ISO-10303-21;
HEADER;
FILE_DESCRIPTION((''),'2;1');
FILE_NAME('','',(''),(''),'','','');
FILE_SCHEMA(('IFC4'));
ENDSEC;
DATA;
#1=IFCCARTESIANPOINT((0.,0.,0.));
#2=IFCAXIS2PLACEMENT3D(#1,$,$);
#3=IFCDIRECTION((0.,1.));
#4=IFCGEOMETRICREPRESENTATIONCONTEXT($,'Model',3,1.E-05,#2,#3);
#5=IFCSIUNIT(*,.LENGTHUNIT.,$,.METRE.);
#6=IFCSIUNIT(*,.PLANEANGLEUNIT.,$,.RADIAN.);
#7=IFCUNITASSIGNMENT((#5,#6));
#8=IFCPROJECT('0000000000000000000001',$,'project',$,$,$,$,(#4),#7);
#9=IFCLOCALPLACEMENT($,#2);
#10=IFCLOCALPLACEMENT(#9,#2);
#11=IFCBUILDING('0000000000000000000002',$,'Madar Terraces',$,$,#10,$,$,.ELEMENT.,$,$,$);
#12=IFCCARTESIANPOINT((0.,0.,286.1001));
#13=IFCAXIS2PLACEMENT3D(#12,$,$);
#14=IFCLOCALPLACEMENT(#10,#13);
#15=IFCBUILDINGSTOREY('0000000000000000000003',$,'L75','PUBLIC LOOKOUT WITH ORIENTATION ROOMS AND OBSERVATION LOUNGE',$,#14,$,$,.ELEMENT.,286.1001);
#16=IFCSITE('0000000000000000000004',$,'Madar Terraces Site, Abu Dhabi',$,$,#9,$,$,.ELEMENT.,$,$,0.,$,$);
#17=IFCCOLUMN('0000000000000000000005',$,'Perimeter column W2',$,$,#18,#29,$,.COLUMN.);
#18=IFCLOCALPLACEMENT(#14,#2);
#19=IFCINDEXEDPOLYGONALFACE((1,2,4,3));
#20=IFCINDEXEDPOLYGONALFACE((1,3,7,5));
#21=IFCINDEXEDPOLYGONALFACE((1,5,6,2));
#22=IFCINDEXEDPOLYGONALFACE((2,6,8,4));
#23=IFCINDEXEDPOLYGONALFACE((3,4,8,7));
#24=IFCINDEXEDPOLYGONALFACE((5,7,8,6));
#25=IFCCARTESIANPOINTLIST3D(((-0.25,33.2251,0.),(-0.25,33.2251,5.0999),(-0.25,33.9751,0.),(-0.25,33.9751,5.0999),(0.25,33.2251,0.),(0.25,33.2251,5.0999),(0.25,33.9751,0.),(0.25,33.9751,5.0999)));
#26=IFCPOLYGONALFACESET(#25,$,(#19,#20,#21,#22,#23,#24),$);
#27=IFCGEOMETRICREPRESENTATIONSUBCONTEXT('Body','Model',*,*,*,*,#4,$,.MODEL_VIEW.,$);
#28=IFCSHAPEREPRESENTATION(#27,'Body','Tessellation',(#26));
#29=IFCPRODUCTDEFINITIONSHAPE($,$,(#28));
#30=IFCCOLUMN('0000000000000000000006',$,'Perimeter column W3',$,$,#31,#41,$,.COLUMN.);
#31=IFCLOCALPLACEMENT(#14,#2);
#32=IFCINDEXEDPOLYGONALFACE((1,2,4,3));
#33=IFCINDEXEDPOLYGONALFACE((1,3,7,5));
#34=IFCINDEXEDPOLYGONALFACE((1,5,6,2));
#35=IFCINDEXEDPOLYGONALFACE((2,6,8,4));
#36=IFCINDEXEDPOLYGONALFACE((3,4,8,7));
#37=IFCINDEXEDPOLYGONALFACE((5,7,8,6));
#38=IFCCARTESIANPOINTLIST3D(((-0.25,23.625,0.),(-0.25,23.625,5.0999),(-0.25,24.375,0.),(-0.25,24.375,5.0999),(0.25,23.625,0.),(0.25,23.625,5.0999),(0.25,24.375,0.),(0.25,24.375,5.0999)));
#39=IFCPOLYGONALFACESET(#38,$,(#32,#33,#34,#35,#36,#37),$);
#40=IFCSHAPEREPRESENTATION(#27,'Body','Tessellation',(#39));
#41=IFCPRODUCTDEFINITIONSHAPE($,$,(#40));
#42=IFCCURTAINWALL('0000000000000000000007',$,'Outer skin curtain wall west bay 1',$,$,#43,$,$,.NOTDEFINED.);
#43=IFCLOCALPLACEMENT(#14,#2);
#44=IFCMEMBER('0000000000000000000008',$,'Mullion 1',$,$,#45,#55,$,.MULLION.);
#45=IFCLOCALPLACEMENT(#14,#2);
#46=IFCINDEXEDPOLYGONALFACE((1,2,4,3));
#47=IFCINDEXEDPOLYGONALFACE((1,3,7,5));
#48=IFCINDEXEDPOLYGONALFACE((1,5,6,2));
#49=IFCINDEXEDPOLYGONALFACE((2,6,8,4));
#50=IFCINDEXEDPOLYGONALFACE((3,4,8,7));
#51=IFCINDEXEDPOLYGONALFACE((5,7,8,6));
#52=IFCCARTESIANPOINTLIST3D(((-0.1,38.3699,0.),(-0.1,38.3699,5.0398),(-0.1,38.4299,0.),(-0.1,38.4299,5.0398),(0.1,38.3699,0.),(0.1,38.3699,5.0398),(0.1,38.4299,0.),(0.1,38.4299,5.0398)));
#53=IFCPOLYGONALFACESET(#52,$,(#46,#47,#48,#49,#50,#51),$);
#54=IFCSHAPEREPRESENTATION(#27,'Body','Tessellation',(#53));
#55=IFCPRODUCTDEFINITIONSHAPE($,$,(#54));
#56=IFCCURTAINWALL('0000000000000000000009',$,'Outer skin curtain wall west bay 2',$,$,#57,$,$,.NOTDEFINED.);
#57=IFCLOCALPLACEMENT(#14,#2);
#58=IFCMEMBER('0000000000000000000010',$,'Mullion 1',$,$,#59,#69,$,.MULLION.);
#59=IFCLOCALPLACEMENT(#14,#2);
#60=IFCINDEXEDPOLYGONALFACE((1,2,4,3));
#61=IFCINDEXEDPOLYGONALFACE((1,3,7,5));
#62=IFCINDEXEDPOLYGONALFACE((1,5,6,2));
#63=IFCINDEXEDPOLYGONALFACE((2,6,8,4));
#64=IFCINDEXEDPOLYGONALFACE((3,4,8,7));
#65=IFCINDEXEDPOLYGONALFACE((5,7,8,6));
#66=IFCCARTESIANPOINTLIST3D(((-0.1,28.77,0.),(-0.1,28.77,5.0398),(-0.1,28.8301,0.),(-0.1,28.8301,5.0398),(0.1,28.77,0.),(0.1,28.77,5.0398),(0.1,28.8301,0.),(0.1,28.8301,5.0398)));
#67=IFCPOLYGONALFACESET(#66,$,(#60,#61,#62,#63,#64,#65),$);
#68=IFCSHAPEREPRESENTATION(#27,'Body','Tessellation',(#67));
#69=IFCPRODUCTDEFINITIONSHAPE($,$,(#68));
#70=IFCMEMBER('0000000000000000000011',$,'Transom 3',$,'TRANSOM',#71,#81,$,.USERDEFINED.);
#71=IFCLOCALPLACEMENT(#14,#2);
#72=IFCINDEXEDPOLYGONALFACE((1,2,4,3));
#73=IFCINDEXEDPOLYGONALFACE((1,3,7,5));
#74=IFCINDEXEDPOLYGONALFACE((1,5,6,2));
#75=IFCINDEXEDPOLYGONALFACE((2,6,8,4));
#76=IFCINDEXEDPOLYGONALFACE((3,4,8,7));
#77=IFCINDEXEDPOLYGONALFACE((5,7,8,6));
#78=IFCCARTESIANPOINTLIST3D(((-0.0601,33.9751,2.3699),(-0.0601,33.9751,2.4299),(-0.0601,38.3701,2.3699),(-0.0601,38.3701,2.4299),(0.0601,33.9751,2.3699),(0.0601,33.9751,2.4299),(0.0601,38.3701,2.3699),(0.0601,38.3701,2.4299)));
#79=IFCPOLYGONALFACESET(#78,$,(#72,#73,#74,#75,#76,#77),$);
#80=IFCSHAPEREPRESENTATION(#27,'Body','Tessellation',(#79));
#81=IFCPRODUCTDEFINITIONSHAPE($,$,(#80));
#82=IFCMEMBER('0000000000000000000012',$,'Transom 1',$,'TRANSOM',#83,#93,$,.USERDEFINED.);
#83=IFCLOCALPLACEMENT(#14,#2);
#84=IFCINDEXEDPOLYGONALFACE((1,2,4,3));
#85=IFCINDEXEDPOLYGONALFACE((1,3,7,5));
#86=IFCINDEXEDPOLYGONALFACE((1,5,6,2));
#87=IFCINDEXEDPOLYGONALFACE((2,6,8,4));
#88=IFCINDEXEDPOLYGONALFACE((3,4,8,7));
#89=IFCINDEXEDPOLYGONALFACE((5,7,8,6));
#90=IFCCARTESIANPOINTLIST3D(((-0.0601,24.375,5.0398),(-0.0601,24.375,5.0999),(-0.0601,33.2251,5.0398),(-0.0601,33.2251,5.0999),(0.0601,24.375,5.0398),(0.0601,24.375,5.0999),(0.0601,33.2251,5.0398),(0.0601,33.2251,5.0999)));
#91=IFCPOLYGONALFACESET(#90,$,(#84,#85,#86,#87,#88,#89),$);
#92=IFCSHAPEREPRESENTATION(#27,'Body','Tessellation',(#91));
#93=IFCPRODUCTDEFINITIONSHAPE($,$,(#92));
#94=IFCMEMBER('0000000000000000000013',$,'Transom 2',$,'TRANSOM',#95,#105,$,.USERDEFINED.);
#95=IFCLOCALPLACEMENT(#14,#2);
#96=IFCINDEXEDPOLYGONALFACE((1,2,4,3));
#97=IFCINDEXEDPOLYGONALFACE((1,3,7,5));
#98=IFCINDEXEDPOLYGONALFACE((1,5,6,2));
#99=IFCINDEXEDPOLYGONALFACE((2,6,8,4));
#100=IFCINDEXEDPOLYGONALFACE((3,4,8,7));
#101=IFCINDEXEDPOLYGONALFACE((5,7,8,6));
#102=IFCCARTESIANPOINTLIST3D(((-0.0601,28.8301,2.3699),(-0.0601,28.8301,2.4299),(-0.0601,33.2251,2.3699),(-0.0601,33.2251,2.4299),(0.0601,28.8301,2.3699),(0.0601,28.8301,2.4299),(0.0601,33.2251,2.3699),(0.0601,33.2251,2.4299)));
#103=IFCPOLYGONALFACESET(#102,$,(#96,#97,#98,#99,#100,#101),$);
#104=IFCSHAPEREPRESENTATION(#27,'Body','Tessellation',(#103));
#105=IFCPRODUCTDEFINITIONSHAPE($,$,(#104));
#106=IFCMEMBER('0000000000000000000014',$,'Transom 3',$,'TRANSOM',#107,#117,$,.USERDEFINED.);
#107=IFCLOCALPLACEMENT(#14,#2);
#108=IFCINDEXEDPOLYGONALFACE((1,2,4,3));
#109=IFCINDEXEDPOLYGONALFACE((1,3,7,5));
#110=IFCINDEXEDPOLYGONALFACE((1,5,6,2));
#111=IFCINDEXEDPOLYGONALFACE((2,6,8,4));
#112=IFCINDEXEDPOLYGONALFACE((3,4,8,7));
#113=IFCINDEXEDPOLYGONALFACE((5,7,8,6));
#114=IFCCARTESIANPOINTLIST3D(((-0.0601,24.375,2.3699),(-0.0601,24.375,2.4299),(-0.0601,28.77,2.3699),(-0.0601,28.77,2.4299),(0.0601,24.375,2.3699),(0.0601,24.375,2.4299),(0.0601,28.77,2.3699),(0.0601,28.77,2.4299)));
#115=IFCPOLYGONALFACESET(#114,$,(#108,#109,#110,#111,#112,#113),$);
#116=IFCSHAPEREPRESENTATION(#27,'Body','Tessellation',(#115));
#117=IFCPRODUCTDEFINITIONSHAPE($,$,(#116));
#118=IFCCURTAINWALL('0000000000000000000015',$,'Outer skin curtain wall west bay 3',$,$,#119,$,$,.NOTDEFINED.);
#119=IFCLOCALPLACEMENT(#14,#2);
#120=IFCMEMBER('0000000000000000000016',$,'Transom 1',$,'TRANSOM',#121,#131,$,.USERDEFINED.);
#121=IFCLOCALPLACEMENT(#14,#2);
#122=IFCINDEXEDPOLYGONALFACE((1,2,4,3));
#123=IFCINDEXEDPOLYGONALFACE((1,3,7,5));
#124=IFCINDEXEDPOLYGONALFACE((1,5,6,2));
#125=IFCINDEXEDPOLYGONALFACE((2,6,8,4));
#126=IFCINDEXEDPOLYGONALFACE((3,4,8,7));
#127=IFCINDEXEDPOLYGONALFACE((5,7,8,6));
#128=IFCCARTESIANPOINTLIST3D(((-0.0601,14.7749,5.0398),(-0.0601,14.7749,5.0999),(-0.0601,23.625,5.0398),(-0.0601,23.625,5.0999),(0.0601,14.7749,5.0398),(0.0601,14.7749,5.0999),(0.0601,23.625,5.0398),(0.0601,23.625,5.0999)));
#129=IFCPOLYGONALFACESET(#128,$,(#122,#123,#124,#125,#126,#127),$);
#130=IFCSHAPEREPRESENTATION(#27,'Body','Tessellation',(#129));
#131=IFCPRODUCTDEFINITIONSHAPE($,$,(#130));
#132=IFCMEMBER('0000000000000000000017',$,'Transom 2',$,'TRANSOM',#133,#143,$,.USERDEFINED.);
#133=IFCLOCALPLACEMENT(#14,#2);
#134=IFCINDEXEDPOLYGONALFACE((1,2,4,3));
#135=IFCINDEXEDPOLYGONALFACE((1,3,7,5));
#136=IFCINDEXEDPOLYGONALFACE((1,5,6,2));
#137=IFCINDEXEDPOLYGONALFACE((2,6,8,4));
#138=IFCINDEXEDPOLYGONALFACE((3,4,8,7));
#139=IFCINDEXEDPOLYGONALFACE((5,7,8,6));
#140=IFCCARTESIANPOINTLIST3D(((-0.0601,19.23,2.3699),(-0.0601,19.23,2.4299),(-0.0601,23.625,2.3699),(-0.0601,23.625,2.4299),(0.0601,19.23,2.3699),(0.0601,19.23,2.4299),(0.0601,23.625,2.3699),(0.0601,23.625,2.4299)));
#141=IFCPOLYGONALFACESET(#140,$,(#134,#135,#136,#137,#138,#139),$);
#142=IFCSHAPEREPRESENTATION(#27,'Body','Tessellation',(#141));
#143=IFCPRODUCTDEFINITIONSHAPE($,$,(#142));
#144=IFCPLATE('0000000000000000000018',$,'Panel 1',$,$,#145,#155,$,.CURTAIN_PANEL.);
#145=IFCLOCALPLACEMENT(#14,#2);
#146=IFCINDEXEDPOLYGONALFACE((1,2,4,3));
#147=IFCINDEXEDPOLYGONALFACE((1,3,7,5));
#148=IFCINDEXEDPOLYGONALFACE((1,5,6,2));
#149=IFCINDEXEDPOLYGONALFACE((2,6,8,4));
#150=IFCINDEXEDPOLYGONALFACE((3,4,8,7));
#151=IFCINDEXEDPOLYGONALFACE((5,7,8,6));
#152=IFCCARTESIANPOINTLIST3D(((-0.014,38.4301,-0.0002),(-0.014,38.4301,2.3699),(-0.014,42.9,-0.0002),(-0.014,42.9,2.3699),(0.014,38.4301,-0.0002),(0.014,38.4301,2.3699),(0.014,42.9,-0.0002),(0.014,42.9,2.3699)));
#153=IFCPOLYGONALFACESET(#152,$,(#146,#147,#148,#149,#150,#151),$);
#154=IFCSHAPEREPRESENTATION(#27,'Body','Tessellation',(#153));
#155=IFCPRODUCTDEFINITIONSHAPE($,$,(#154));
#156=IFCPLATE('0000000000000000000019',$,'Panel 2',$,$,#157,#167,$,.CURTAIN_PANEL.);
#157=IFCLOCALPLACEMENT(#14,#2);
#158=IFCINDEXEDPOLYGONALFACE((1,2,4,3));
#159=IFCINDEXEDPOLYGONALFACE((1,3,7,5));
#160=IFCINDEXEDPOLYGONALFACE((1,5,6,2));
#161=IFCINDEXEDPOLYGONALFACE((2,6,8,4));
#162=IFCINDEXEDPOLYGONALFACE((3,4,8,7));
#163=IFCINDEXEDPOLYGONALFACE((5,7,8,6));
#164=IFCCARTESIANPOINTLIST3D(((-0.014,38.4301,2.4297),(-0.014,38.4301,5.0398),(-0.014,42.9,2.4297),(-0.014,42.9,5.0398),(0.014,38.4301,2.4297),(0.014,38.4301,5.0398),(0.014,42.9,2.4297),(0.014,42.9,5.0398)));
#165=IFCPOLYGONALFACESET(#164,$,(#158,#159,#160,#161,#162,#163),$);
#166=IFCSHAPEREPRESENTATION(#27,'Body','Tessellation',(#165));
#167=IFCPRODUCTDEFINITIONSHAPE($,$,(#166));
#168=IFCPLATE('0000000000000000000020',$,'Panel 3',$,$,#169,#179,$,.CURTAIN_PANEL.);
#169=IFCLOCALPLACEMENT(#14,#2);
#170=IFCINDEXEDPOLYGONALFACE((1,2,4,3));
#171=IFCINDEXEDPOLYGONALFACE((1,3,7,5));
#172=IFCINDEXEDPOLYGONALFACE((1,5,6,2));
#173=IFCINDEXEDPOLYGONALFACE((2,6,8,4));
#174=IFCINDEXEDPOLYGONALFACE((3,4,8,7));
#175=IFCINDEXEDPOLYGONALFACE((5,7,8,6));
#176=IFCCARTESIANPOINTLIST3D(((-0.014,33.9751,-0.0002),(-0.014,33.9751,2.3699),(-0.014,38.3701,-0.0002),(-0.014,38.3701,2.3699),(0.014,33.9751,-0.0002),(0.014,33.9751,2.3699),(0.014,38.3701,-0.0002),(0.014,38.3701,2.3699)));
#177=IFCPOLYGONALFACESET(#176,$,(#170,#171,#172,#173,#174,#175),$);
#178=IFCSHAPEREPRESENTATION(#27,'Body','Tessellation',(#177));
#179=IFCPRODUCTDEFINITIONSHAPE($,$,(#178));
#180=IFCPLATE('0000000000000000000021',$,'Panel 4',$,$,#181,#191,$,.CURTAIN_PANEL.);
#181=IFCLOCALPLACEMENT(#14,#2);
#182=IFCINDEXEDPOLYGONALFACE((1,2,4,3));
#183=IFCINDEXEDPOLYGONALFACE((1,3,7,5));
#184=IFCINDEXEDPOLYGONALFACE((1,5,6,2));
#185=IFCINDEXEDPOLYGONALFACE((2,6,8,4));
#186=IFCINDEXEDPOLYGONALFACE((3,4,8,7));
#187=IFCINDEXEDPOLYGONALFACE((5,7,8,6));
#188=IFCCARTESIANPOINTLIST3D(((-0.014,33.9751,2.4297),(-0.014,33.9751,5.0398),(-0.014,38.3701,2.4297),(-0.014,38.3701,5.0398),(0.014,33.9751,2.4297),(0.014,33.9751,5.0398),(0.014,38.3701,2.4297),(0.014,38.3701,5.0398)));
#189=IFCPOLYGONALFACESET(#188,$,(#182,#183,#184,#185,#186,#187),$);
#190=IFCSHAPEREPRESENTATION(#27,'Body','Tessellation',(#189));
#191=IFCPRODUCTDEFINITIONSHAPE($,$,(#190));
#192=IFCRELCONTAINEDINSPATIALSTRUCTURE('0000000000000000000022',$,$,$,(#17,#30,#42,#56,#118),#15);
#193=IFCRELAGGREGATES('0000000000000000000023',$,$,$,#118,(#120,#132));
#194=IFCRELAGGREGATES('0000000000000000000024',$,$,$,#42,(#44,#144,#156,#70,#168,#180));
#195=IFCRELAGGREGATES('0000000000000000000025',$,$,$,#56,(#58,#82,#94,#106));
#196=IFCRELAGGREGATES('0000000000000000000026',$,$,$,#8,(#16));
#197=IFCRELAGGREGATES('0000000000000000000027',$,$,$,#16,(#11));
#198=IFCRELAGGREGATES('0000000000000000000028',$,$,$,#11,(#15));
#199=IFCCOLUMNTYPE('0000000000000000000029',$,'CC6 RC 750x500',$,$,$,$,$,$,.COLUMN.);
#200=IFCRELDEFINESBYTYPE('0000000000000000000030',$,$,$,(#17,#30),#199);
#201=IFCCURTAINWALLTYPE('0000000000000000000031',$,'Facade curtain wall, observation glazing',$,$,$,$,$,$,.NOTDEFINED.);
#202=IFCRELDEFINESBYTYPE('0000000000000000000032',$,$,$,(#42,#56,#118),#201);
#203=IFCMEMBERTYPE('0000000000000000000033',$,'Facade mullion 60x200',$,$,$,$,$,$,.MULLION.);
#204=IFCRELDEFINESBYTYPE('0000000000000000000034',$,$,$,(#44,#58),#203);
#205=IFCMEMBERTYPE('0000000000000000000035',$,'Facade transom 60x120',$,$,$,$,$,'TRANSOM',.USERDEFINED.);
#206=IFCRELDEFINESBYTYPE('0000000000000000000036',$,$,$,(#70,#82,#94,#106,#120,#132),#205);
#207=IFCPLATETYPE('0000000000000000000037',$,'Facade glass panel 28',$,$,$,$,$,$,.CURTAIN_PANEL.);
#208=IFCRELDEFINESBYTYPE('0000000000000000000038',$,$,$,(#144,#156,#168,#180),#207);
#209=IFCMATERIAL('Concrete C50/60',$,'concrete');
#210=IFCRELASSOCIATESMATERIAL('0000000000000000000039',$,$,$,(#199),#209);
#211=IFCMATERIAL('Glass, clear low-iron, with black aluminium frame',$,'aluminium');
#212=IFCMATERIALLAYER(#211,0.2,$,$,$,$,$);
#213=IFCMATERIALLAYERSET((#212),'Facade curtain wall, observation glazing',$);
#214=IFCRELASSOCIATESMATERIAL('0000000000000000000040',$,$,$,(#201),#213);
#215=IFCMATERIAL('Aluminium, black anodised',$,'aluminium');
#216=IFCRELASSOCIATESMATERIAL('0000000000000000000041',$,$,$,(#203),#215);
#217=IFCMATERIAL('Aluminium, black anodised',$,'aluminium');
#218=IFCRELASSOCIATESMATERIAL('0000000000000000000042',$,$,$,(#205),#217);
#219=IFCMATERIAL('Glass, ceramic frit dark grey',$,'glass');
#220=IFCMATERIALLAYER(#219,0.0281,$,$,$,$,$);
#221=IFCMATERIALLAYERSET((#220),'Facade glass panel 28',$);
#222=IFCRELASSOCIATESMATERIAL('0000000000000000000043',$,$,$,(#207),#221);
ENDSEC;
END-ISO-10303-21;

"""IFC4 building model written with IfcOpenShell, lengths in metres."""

from ifc_helpers import new_model, si_unit, direction, frame, origin, origin_2d, place, context, subcontext, project, spatial, rectangle, extrude, material, layer, layer_set, material_profile, profile_set, type_object, element, aggregate, save


model = new_model("IFC4")

# Units and contexts
model_context = context("Model", 3, precision=1e-05, world=origin(), true_north=direction((0.0, 1.0)))
body_context = subcontext(model_context, "Body", "Model", "MODEL_VIEW")
ifc_project = project(units=[si_unit("LENGTHUNIT", "METRE"), si_unit("PLANEANGLEUNIT", "RADIAN")], contexts=[model_context])

# Site, building, storey
site_placement = place(None, origin())
site = spatial("IfcSite", under=ifc_project, at=site_placement, Name="Madar Terraces Site, Abu Dhabi", CompositionType="ELEMENT", RefElevation=0.0)
building_placement = place(site_placement, origin())
building = spatial("IfcBuilding", under=site, at=building_placement, Name="Madar Terraces", CompositionType="ELEMENT")
storey_placement = place(building_placement, frame((0.0, 0.0, 286.1001)))
storey = spatial("IfcBuildingStorey", under=building, at=storey_placement, Name="L75", Description="PUBLIC LOOKOUT WITH ORIENTATION ROOMS AND OBSERVATION LOUNGE", CompositionType="ELEMENT", Elevation=286.1001)

# Columns
ifc_material_1 = material(Name="Concrete C50/60", Category="concrete")
ifc_material_profile_1 = material_profile(ifc_material_1, rectangle(XDim=0.75, YDim=0.5, at=origin_2d()), Name="CC6 RC 750x500")
ifc_profile_set_1 = profile_set([ifc_material_profile_1], Name="Concrete C50/60")
column_type = type_object("IfcColumnType", Name="CC6 RC 750x500", PredefinedType="COLUMN", material=ifc_profile_set_1)
for number, where, z_axis, x_axis, name in (
    (1, (0.0, 33.6001, 0.0), (0.0, 0.0, 1.0), (0.0, 1.0, 0.0), "Perimeter column W2"),
    (2, (0.0, 24.0, 0.0), (0.0, 0.0, 1.0), (0.0, 1.0, 0.0), "Perimeter column W3"),
):
    element("IfcColumn", number, at=place(storey_placement, frame(where, z_axis=z_axis, x_axis=x_axis)), inside=storey, type_object=column_type, Name=name, PredefinedType="COLUMN", context=body_context, shape_type="SweptSolid", body=[
        extrude(rectangle(XDim=0.75, YDim=0.5, at=origin_2d()), origin(), (0.0, 0.0, 1.0), 5.0999),
    ])

# Curtain walls, members
ifc_material_2 = material(Name="Glass, clear low-iron, with black aluminium frame", Category="aluminium")
ifc_layer_1 = layer(ifc_material_2, 0.2)
ifc_layer_set_1 = layer_set([ifc_layer_1], Name="Facade curtain wall, observation glazing")
curtain_wall_type = type_object("IfcCurtainWallType", Name="Facade curtain wall, observation glazing", PredefinedType="NOTDEFINED", material=ifc_layer_set_1)
curtain_wall_1_placement = place(storey_placement, origin())
curtain_wall_1 = element("IfcCurtainWall", 3, at=curtain_wall_1_placement, inside=storey, type_object=curtain_wall_type, Name="Outer skin curtain wall west bay 1", PredefinedType="NOTDEFINED")
ifc_material_3 = material(Name="Aluminium, black anodised", Category="aluminium")
ifc_material_profile_2 = material_profile(ifc_material_3, rectangle(XDim=0.2, YDim=0.0601, at=origin_2d()), Name="Facade mullion 60x200")
ifc_profile_set_2 = profile_set([ifc_material_profile_2], Name="Aluminium, black anodised")
member_type_1 = type_object("IfcMemberType", Name="Facade mullion 60x200", PredefinedType="MULLION", material=ifc_profile_set_2)
member_1_placement = place(storey_placement, frame((0.0, 38.3999, 0.0), z_axis=(0.0, 0.0, 1.0), x_axis=(1.0, 0.0, 0.0)))
member_1 = element("IfcMember", 4, at=member_1_placement, type_object=member_type_1, Name="Mullion 1", PredefinedType="MULLION", context=body_context, shape_type="SweptSolid", body=[
    extrude(rectangle(XDim=0.2, YDim=0.0601, at=origin_2d()), origin(), (0.0, 0.0, 1.0), 5.0398),
])
curtain_wall_2_placement = place(storey_placement, origin())
curtain_wall_2 = element("IfcCurtainWall", 5, at=curtain_wall_2_placement, inside=storey, type_object=curtain_wall_type, Name="Outer skin curtain wall west bay 2", PredefinedType="NOTDEFINED")
member_2_placement = place(storey_placement, frame((0.0, 28.8, 0.0), z_axis=(0.0, 0.0, 1.0), x_axis=(1.0, 0.0, 0.0)))
member_2 = element("IfcMember", 6, at=member_2_placement, type_object=member_type_1, Name="Mullion 1", PredefinedType="MULLION", context=body_context, shape_type="SweptSolid", body=[
    extrude(rectangle(XDim=0.2, YDim=0.0601, at=origin_2d()), origin(), (0.0, 0.0, 1.0), 5.0398),
])

# Members
ifc_material_4 = material(Name="Aluminium, black anodised", Category="aluminium")
ifc_material_profile_3 = material_profile(ifc_material_4, rectangle(XDim=0.1201, YDim=0.0601, at=origin_2d()), Name="Facade transom 60x120")
ifc_profile_set_3 = profile_set([ifc_material_profile_3], Name="Aluminium, black anodised")
member_type_2 = type_object("IfcMemberType", Name="Facade transom 60x120", ElementType="TRANSOM", PredefinedType="USERDEFINED", material=ifc_profile_set_3)
member_3_placement = place(storey_placement, frame((0.0, 38.3701, 2.3999), z_axis=(0.0, -1.0, 0.0), x_axis=(1.0, 0.0, 0.0)))
member_3 = element("IfcMember", 7, at=member_3_placement, type_object=member_type_2, Name="Transom 3", ObjectType="TRANSOM", PredefinedType="USERDEFINED", context=body_context, shape_type="SweptSolid", body=[
    extrude(rectangle(XDim=0.1201, YDim=0.0601, at=origin_2d()), origin(), (0.0, 0.0, 1.0), 4.395),
])
member_4_placement = place(storey_placement, frame((0.0, 33.2251, 5.0698), z_axis=(0.0, -1.0, 0.0), x_axis=(1.0, 0.0, 0.0)))
member_4 = element("IfcMember", 8, at=member_4_placement, type_object=member_type_2, Name="Transom 1", ObjectType="TRANSOM", PredefinedType="USERDEFINED", context=body_context, shape_type="SweptSolid", body=[
    extrude(rectangle(XDim=0.1201, YDim=0.0601, at=origin_2d()), origin(), (0.0, 0.0, 1.0), 8.8501),
])
member_5_placement = place(storey_placement, frame((0.0, 33.2251, 2.3999), z_axis=(0.0, -1.0, 0.0), x_axis=(1.0, 0.0, 0.0)))
member_5 = element("IfcMember", 9, at=member_5_placement, type_object=member_type_2, Name="Transom 2", ObjectType="TRANSOM", PredefinedType="USERDEFINED", context=body_context, shape_type="SweptSolid", body=[
    extrude(rectangle(XDim=0.1201, YDim=0.0601, at=origin_2d()), origin(), (0.0, 0.0, 1.0), 4.395),
])
member_6_placement = place(storey_placement, frame((0.0, 28.77, 2.3999), z_axis=(0.0, -1.0, 0.0), x_axis=(1.0, 0.0, 0.0)))
member_6 = element("IfcMember", 10, at=member_6_placement, type_object=member_type_2, Name="Transom 3", ObjectType="TRANSOM", PredefinedType="USERDEFINED", context=body_context, shape_type="SweptSolid", body=[
    extrude(rectangle(XDim=0.1201, YDim=0.0601, at=origin_2d()), origin(), (0.0, 0.0, 1.0), 4.395),
])

# Curtain wall, members
curtain_wall_3_placement = place(storey_placement, origin())
curtain_wall_3 = element("IfcCurtainWall", 11, at=curtain_wall_3_placement, inside=storey, type_object=curtain_wall_type, Name="Outer skin curtain wall west bay 3", PredefinedType="NOTDEFINED")
member_7_placement = place(storey_placement, frame((0.0, 23.625, 5.0698), z_axis=(0.0, -1.0, 0.0), x_axis=(1.0, 0.0, 0.0)))
member_7 = element("IfcMember", 12, at=member_7_placement, type_object=member_type_2, Name="Transom 1", ObjectType="TRANSOM", PredefinedType="USERDEFINED", context=body_context, shape_type="SweptSolid", body=[
    extrude(rectangle(XDim=0.1201, YDim=0.0601, at=origin_2d()), origin(), (0.0, 0.0, 1.0), 8.8501),
])
member_8_placement = place(storey_placement, frame((0.0, 23.625, 2.3999), z_axis=(0.0, -1.0, 0.0), x_axis=(1.0, 0.0, 0.0)))
member_8 = element("IfcMember", 13, at=member_8_placement, type_object=member_type_2, Name="Transom 2", ObjectType="TRANSOM", PredefinedType="USERDEFINED", context=body_context, shape_type="SweptSolid", body=[
    extrude(rectangle(XDim=0.1201, YDim=0.0601, at=origin_2d()), origin(), (0.0, 0.0, 1.0), 4.395),
])
aggregate(curtain_wall_3, [member_7, member_8])

# Plates
ifc_material_5 = material(Name="Glass, ceramic frit dark grey", Category="glass")
ifc_layer_2 = layer(ifc_material_5, 0.0281)
ifc_layer_set_2 = layer_set([ifc_layer_2], Name="Facade glass panel 28")
plate_type = type_object("IfcPlateType", Name="Facade glass panel 28", PredefinedType="CURTAIN_PANEL", material=ifc_layer_set_2)
plate_1_placement = place(storey_placement, frame((0.0, 40.665, -0.0002), z_axis=(0.0, 0.0, 1.0), x_axis=(0.0, -1.0, 0.0)))
plate_1 = element("IfcPlate", 14, at=plate_1_placement, type_object=plate_type, Name="Panel 1", PredefinedType="CURTAIN_PANEL", context=body_context, shape_type="SweptSolid", body=[
    extrude(rectangle(XDim=4.47, YDim=0.0281, at=origin_2d()), origin(), (0.0, 0.0, 1.0), 2.3701),
])
plate_2_placement = place(storey_placement, frame((0.0, 40.665, 2.4297), z_axis=(0.0, 0.0, 1.0), x_axis=(0.0, -1.0, 0.0)))
plate_2 = element("IfcPlate", 15, at=plate_2_placement, type_object=plate_type, Name="Panel 2", PredefinedType="CURTAIN_PANEL", context=body_context, shape_type="SweptSolid", body=[
    extrude(rectangle(XDim=4.47, YDim=0.0281, at=origin_2d()), origin(), (0.0, 0.0, 1.0), 2.6101),
])
plate_3_placement = place(storey_placement, frame((0.0, 36.1726, -0.0002), z_axis=(0.0, 0.0, 1.0), x_axis=(0.0, -1.0, 0.0)))
plate_3 = element("IfcPlate", 16, at=plate_3_placement, type_object=plate_type, Name="Panel 3", PredefinedType="CURTAIN_PANEL", context=body_context, shape_type="SweptSolid", body=[
    extrude(rectangle(XDim=4.395, YDim=0.0281, at=origin_2d()), origin(), (0.0, 0.0, 1.0), 2.3701),
])
plate_4_placement = place(storey_placement, frame((0.0, 36.1726, 2.4297), z_axis=(0.0, 0.0, 1.0), x_axis=(0.0, -1.0, 0.0)))
plate_4 = element("IfcPlate", 17, at=plate_4_placement, type_object=plate_type, Name="Panel 4", PredefinedType="CURTAIN_PANEL", context=body_context, shape_type="SweptSolid", body=[
    extrude(rectangle(XDim=4.395, YDim=0.0281, at=origin_2d()), origin(), (0.0, 0.0, 1.0), 2.6101),
])
aggregate(curtain_wall_1, [member_1, plate_1, plate_2, member_3, plate_3, plate_4])
aggregate(curtain_wall_2, [member_2, member_4, member_5, member_6])

save(model, "model.ifc")
